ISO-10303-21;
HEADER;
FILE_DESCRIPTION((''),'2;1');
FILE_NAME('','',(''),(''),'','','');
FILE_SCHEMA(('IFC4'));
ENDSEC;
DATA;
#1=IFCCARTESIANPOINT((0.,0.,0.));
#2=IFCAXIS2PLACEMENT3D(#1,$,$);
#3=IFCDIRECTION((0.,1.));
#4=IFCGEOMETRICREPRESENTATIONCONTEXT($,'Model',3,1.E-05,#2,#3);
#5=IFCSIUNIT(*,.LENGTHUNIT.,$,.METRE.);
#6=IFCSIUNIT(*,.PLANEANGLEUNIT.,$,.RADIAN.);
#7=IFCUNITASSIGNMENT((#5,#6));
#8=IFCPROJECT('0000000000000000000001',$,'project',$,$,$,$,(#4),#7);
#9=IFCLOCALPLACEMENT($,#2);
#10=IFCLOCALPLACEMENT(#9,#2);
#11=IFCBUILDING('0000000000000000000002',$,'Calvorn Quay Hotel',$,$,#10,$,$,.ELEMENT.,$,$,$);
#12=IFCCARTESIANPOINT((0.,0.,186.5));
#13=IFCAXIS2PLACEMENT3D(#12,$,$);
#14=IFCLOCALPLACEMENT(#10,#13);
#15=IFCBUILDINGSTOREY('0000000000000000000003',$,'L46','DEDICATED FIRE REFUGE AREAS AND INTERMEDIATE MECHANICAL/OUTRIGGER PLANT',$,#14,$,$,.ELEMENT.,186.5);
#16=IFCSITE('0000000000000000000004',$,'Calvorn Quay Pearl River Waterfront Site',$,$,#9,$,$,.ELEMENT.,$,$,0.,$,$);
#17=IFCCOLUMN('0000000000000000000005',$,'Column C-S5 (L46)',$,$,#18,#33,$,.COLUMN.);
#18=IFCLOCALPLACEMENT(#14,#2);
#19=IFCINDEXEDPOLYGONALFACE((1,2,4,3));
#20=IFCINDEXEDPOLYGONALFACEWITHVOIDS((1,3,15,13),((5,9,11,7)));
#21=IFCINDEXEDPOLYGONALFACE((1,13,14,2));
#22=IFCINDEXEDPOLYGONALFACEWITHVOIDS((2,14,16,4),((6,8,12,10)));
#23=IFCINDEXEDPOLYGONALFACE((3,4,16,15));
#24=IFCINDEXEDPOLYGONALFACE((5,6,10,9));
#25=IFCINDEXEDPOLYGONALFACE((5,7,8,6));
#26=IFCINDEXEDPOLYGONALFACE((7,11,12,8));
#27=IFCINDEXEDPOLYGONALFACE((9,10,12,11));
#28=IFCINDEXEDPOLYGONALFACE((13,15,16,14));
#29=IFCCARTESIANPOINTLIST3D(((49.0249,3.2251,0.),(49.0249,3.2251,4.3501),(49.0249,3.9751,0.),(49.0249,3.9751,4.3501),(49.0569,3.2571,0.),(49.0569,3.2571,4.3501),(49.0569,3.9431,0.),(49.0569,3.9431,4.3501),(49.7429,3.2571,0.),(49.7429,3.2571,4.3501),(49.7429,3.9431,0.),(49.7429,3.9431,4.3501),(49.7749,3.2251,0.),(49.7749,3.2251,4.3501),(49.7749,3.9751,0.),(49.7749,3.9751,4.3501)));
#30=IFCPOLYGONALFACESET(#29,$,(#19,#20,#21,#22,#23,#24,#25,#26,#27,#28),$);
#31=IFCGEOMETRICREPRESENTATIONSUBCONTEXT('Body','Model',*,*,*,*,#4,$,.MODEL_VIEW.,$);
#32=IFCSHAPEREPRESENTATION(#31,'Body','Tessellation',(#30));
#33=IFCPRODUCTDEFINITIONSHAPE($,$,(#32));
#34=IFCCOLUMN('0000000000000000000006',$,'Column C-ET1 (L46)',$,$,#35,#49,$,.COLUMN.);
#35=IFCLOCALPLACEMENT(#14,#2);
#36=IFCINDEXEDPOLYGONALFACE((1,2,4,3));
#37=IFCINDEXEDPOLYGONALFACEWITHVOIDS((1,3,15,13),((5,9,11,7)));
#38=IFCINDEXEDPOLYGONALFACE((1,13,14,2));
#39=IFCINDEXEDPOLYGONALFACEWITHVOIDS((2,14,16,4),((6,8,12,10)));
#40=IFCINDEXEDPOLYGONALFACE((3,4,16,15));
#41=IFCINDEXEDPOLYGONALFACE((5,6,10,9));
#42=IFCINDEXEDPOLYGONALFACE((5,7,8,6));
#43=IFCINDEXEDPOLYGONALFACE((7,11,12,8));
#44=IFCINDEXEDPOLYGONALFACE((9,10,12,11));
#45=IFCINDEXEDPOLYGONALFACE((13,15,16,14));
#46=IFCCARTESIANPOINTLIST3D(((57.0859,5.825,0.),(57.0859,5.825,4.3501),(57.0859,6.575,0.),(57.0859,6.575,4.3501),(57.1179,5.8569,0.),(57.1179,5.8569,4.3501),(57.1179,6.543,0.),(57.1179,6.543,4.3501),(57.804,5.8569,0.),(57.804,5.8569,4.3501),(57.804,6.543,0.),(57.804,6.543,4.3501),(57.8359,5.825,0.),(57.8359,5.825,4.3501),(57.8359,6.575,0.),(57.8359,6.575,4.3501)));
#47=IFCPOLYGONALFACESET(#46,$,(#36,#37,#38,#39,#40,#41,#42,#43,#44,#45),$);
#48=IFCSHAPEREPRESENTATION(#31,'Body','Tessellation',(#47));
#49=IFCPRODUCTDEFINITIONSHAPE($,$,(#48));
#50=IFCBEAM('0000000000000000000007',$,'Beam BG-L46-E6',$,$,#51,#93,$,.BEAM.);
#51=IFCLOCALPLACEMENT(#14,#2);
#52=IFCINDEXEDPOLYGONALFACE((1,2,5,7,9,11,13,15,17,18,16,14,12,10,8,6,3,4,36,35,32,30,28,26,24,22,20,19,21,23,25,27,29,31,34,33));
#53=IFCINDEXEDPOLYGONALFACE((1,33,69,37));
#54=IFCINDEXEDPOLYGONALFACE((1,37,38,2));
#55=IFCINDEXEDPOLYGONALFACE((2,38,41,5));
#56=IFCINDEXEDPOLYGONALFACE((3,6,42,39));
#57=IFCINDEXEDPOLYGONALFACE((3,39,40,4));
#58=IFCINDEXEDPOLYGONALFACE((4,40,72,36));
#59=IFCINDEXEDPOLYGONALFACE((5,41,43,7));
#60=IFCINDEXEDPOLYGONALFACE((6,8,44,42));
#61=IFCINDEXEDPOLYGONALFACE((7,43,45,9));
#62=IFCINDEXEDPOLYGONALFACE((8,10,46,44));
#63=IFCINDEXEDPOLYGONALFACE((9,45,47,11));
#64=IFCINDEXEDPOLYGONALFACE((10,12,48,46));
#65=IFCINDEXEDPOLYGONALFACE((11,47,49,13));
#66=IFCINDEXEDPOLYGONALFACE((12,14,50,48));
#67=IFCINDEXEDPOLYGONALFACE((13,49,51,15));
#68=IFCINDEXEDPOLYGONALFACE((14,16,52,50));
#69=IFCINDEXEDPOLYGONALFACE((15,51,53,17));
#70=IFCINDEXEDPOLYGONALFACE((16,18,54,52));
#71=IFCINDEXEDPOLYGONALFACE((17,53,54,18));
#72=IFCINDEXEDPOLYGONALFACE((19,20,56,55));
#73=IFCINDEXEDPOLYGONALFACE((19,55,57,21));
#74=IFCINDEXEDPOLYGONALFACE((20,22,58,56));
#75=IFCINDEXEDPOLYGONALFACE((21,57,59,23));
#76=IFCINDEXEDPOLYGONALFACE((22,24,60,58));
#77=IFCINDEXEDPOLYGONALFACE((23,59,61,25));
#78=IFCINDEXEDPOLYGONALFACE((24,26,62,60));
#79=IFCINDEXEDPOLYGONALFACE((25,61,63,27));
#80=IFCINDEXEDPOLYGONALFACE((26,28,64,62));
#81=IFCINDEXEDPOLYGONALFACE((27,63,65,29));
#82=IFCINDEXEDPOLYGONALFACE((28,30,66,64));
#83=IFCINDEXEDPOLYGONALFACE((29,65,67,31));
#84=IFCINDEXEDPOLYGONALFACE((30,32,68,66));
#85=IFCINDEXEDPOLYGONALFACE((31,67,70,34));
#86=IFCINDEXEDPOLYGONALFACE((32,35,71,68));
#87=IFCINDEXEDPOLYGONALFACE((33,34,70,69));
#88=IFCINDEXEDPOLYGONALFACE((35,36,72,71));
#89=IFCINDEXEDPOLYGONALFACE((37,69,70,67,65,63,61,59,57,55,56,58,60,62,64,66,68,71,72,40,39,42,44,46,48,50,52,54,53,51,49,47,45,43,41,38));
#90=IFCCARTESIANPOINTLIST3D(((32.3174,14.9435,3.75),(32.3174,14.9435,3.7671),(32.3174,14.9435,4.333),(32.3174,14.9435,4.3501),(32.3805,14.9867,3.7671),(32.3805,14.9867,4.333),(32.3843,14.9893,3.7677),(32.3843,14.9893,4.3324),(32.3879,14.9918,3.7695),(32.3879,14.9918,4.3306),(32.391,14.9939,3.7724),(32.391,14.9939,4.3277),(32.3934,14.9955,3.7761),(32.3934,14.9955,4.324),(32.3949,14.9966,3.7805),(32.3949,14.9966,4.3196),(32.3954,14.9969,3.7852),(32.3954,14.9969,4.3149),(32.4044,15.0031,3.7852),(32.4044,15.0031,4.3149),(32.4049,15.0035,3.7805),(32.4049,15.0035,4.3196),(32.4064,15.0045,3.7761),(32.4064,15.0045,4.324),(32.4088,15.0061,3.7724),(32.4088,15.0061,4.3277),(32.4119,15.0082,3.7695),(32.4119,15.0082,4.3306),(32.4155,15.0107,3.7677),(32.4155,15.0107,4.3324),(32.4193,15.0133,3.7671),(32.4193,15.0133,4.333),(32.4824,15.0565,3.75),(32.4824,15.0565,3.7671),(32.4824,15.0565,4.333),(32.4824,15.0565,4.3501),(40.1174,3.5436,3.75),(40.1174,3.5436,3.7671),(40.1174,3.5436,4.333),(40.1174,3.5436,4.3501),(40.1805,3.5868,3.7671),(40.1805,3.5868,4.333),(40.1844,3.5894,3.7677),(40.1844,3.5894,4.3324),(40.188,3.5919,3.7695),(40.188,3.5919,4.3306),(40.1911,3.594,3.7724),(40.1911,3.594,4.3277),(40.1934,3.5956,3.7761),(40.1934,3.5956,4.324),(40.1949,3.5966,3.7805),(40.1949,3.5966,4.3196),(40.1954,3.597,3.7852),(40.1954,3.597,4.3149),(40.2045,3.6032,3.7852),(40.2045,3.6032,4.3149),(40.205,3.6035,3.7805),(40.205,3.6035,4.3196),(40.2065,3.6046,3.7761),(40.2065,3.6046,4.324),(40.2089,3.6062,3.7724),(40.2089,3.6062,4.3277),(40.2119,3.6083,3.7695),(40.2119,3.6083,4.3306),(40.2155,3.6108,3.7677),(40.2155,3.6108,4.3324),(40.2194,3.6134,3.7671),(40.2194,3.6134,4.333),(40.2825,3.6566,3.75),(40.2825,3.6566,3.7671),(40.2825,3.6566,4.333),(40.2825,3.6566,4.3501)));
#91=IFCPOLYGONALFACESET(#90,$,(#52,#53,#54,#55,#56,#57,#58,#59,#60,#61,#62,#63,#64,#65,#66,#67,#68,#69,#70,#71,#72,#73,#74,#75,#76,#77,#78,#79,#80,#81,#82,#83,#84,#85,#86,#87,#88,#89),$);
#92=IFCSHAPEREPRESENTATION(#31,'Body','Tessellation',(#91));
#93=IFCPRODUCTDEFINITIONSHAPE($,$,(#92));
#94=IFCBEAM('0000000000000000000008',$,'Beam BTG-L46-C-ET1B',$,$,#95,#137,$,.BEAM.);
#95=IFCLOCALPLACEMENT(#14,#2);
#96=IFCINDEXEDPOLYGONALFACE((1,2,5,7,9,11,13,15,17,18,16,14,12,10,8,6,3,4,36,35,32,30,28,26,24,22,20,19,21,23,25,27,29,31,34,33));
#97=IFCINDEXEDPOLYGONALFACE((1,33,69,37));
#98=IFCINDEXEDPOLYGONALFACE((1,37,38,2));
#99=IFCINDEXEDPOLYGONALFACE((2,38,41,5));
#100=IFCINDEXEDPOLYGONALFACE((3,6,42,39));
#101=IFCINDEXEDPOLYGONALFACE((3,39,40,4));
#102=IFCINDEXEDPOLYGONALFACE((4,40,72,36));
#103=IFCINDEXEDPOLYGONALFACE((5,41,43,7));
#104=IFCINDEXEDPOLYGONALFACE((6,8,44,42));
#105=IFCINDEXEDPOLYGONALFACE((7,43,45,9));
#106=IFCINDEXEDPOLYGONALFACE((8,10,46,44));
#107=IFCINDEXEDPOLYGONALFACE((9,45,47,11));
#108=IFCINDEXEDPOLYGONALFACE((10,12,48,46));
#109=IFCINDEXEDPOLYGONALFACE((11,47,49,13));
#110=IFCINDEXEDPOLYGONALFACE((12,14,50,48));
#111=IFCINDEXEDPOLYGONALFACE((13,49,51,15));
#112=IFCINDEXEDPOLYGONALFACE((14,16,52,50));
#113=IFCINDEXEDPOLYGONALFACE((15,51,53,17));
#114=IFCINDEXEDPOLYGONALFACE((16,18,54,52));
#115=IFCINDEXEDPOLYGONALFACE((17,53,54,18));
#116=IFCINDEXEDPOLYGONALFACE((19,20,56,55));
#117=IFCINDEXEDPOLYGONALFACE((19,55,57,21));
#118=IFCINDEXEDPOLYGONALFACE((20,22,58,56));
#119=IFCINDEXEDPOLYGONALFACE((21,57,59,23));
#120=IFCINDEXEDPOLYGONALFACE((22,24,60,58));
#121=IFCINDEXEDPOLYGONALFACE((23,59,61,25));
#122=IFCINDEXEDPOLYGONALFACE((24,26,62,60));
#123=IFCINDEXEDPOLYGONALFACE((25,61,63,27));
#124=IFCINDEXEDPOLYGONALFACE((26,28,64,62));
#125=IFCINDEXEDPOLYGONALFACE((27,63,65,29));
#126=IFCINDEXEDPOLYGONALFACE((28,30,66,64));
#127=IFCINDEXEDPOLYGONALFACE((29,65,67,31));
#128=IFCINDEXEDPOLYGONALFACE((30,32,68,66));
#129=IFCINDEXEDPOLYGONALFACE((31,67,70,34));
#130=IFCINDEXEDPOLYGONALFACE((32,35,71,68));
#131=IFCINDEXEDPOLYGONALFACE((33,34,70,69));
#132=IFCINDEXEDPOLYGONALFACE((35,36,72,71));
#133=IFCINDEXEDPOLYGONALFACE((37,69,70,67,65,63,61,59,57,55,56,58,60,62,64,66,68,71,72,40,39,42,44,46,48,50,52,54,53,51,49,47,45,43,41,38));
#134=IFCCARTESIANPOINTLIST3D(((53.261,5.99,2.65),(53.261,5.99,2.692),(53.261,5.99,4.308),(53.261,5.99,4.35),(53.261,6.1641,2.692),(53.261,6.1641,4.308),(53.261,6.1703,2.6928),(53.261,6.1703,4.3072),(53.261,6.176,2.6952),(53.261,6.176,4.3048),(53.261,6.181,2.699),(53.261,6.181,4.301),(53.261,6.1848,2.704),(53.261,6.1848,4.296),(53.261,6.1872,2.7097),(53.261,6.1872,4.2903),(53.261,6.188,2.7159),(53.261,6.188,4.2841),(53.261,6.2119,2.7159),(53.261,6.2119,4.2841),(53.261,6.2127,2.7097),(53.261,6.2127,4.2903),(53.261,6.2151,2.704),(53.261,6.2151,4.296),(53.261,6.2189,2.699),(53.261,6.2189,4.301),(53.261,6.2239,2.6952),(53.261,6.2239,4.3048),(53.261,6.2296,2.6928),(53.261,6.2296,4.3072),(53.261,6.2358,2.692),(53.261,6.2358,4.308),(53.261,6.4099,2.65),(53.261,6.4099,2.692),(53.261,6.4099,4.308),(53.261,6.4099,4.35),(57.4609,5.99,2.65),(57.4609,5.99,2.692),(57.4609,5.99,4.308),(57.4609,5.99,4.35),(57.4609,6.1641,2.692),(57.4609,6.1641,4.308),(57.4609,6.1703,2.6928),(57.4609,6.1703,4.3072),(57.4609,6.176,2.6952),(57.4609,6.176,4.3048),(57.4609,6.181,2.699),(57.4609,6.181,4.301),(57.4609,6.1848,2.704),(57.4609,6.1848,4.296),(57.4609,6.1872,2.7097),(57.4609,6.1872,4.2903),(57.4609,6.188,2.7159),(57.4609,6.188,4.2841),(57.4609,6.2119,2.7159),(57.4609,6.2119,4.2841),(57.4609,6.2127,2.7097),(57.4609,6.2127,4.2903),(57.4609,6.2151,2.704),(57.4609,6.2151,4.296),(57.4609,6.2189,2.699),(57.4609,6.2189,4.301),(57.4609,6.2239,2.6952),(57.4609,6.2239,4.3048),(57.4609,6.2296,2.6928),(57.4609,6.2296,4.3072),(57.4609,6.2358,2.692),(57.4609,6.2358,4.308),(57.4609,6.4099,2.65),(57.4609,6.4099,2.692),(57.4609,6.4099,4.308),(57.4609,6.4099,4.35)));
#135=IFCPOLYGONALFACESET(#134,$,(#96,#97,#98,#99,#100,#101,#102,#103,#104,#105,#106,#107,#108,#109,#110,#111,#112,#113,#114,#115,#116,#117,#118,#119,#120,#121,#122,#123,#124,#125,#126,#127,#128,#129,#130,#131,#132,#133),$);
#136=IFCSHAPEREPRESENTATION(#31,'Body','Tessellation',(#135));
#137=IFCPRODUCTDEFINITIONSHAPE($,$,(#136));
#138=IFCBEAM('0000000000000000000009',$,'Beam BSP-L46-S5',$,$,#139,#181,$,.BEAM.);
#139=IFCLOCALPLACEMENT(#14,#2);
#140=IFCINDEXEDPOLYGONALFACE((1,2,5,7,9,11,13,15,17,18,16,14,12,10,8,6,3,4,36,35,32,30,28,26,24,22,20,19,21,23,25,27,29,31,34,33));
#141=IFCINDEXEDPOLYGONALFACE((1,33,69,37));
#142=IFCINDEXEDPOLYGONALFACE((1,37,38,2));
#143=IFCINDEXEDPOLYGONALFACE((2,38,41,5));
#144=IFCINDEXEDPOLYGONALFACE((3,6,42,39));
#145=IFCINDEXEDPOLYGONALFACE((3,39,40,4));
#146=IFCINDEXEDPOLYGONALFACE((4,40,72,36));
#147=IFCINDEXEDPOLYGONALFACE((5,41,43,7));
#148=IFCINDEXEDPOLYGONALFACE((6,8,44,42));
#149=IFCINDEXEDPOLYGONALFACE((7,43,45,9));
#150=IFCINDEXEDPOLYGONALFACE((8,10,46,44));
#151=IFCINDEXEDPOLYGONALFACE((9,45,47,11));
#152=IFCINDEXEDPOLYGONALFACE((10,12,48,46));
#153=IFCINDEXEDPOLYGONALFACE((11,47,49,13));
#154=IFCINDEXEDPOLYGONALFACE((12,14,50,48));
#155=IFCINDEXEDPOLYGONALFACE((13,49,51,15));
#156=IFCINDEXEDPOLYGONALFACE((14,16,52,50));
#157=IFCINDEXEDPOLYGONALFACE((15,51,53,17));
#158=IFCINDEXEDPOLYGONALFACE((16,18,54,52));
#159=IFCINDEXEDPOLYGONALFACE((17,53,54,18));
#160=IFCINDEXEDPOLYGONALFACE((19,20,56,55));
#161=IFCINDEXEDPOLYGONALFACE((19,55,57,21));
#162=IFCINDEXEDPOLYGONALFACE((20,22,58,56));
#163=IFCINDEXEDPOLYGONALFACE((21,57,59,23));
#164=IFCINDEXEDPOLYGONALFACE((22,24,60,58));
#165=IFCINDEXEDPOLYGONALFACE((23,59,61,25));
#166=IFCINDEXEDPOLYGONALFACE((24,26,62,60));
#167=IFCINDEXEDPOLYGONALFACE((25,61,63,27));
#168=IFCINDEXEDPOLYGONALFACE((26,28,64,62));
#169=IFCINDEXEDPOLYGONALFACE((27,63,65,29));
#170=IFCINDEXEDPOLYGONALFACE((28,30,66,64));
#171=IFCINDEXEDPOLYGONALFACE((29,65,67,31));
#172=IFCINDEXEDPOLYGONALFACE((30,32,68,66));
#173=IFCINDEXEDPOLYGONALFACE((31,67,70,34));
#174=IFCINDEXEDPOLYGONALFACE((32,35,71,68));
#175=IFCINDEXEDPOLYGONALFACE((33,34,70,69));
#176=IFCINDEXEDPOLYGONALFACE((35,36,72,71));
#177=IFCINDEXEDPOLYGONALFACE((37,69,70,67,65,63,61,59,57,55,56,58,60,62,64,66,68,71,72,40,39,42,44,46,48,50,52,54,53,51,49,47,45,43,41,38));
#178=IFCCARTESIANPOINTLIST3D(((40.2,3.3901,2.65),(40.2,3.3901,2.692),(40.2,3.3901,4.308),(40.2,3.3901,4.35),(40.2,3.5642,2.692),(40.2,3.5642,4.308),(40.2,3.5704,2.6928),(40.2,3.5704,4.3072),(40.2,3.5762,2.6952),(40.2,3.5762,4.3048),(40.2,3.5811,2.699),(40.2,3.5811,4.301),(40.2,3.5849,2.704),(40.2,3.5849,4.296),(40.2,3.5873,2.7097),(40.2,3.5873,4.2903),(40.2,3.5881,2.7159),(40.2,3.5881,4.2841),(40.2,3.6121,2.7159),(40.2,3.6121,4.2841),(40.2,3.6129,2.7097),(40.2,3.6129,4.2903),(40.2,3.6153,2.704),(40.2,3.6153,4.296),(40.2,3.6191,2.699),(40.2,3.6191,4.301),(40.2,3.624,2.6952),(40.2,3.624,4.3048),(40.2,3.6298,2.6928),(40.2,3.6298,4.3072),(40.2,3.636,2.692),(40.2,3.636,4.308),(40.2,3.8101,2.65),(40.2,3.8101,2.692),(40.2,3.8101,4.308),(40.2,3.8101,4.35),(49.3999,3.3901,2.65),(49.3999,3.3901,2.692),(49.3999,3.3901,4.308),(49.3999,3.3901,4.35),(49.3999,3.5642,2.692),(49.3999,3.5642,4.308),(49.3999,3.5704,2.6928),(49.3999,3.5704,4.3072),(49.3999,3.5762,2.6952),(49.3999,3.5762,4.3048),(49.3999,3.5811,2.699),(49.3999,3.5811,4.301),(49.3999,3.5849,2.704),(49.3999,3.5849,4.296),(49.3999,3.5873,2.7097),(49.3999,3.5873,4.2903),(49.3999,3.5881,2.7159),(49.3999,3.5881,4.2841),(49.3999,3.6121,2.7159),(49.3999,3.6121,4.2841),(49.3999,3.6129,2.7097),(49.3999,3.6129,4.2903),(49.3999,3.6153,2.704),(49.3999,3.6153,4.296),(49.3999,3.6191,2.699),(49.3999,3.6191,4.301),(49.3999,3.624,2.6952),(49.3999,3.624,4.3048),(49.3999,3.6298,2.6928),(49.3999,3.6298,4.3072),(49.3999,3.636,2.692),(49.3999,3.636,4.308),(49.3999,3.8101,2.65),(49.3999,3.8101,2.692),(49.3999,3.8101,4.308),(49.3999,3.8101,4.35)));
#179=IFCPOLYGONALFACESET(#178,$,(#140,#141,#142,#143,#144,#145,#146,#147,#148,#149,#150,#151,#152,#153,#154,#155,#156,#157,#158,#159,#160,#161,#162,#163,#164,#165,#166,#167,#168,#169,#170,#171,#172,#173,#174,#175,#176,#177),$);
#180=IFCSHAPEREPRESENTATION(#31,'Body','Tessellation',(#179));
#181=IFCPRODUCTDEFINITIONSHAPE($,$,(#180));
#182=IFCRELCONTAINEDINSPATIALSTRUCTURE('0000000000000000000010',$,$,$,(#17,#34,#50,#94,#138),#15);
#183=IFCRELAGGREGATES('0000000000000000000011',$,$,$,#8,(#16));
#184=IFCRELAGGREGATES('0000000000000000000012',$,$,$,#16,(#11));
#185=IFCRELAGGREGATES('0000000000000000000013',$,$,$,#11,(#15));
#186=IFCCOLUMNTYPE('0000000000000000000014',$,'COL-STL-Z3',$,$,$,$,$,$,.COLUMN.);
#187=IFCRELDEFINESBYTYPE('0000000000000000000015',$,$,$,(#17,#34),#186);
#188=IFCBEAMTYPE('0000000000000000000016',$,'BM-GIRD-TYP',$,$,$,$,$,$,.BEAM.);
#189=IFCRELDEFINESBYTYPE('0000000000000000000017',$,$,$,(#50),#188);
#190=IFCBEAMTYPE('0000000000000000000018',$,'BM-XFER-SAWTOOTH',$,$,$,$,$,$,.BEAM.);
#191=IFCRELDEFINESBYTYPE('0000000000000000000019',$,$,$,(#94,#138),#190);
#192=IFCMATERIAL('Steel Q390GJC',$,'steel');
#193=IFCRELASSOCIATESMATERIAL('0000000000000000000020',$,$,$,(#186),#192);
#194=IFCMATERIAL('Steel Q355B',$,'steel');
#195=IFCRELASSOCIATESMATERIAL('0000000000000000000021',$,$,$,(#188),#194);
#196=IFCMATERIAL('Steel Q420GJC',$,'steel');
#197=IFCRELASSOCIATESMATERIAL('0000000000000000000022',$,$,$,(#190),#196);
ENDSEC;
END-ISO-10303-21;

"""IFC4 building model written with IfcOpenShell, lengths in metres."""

from ifc_helpers import new_model, si_unit, direction, frame, origin, origin_2d, place, context, subcontext, project, spatial, hollow_rectangle, i_section, extrude, material, material_profile, profile_set, type_object, element, save


model = new_model("IFC4")

# Units and contexts
model_context = context("Model", 3, precision=1e-05, world=origin(), true_north=direction((0.0, 1.0)))
body_context = subcontext(model_context, "Body", "Model", "MODEL_VIEW")
ifc_project = project(units=[si_unit("LENGTHUNIT", "METRE"), si_unit("PLANEANGLEUNIT", "RADIAN")], contexts=[model_context])

# Site, building, storey
site_placement = place(None, origin())
site = spatial("IfcSite", under=ifc_project, at=site_placement, Name="Calvorn Quay Pearl River Waterfront Site", CompositionType="ELEMENT", RefElevation=0.0)
building_placement = place(site_placement, origin())
building = spatial("IfcBuilding", under=site, at=building_placement, Name="Calvorn Quay Hotel", CompositionType="ELEMENT")
storey_placement = place(building_placement, frame((0.0, 0.0, 186.5)))
storey = spatial("IfcBuildingStorey", under=building, at=storey_placement, Name="L46", Description="DEDICATED FIRE REFUGE AREAS AND INTERMEDIATE MECHANICAL/OUTRIGGER PLANT", CompositionType="ELEMENT", Elevation=186.5)

# Columns
ifc_material_1 = material(Name="Steel Q390GJC", Category="steel")
ifc_material_profile_1 = material_profile(ifc_material_1, hollow_rectangle(XDim=0.75, YDim=0.75, WallThickness=0.032, at=origin_2d()), Name="BOX750x750x32")
ifc_profile_set_1 = profile_set([ifc_material_profile_1], Name="Steel Q390GJC")
column_type = type_object("IfcColumnType", Name="COL-STL-Z3", PredefinedType="COLUMN", material=ifc_profile_set_1)
for number, where, z_axis, x_axis, name in (
    (1, (49.3999, 3.6001, 0.0), (0.0, 0.0, 1.0), (1.0, 0.0, 0.0), "Column C-S5 (L46)"),
    (2, (57.4609, 6.2, 0.0), (0.0, 0.0, 1.0), (1.0, 0.0, 0.0), "Column C-ET1 (L46)"),
):
    element("IfcColumn", number, at=place(storey_placement, frame(where, z_axis=z_axis, x_axis=x_axis)), inside=storey, type_object=column_type, Name=name, PredefinedType="COLUMN", context=body_context, shape_type="SweptSolid", body=[
        extrude(hollow_rectangle(XDim=0.75, YDim=0.75, WallThickness=0.032, at=origin_2d()), origin(), (0.0, 0.0, 1.0), 4.3501),
    ])

# Beams
ifc_material_2 = material(Name="Steel Q355B", Category="steel")
ifc_material_profile_2 = material_profile(ifc_material_2, i_section(OverallWidth=0.2, OverallDepth=0.6001, WebThickness=0.011, FlangeThickness=0.0171, FilletRadius=0.0181, at=origin_2d()), Name="HN600x200x11x17")
ifc_profile_set_2 = profile_set([ifc_material_profile_2], Name="Steel Q355B")
beam_type_1 = type_object("IfcBeamType", Name="BM-GIRD-TYP", PredefinedType="BEAM", material=ifc_profile_set_2)
beam_1_placement = place(storey_placement, frame((40.2, 3.6001, 4.05), z_axis=(-0.56469, 0.825303, 0.0), x_axis=(-0.825303, -0.56469, 0.0)))
element("IfcBeam", 3, at=beam_1_placement, inside=storey, type_object=beam_type_1, Name="Beam BG-L46-E6", PredefinedType="BEAM", context=body_context, shape_type="SweptSolid", body=[
    extrude(i_section(OverallWidth=0.2, OverallDepth=0.6001, WebThickness=0.011, FlangeThickness=0.0171, FilletRadius=0.0181, at=origin_2d()), origin(), (0.0, 0.0, 1.0), 13.813),
])
ifc_material_3 = material(Name="Steel Q420GJC", Category="steel")
ifc_material_profile_3 = material_profile(ifc_material_3, i_section(OverallWidth=0.4199, OverallDepth=1.7, WebThickness=0.0239, FlangeThickness=0.042, FilletRadius=0.0239, at=origin_2d()), Name="HN1700x420x24x42")
ifc_profile_set_3 = profile_set([ifc_material_profile_3], Name="Steel Q420GJC")
beam_type_2 = type_object("IfcBeamType", Name="BM-XFER-SAWTOOTH", PredefinedType="BEAM", material=ifc_profile_set_3)
beam_2_placement = place(storey_placement, frame((53.261, 6.2, 3.5), z_axis=(1.0, 0.0, 0.0), x_axis=(0.0, 1.0, 0.0)))
element("IfcBeam", 4, at=beam_2_placement, inside=storey, type_object=beam_type_2, Name="Beam BTG-L46-C-ET1B", PredefinedType="BEAM", context=body_context, shape_type="SweptSolid", body=[
    extrude(i_section(OverallWidth=0.4199, OverallDepth=1.7, WebThickness=0.0239, FlangeThickness=0.042, FilletRadius=0.0239, at=origin_2d()), origin(), (0.0, 0.0, 1.0), 4.2),
])
beam_3_placement = place(storey_placement, frame((40.2, 3.6001, 3.5), z_axis=(1.0, 0.0, 0.0), x_axis=(0.0, 1.0, 0.0)))
element("IfcBeam", 5, at=beam_3_placement, inside=storey, type_object=beam_type_2, Name="Beam BSP-L46-S5", PredefinedType="BEAM", context=body_context, shape_type="SweptSolid", body=[
    extrude(i_section(OverallWidth=0.4199, OverallDepth=1.7, WebThickness=0.0239, FlangeThickness=0.042, FilletRadius=0.0239, at=origin_2d()), origin(), (0.0, 0.0, 1.0), 9.2),
])

save(model, "model.ifc")
